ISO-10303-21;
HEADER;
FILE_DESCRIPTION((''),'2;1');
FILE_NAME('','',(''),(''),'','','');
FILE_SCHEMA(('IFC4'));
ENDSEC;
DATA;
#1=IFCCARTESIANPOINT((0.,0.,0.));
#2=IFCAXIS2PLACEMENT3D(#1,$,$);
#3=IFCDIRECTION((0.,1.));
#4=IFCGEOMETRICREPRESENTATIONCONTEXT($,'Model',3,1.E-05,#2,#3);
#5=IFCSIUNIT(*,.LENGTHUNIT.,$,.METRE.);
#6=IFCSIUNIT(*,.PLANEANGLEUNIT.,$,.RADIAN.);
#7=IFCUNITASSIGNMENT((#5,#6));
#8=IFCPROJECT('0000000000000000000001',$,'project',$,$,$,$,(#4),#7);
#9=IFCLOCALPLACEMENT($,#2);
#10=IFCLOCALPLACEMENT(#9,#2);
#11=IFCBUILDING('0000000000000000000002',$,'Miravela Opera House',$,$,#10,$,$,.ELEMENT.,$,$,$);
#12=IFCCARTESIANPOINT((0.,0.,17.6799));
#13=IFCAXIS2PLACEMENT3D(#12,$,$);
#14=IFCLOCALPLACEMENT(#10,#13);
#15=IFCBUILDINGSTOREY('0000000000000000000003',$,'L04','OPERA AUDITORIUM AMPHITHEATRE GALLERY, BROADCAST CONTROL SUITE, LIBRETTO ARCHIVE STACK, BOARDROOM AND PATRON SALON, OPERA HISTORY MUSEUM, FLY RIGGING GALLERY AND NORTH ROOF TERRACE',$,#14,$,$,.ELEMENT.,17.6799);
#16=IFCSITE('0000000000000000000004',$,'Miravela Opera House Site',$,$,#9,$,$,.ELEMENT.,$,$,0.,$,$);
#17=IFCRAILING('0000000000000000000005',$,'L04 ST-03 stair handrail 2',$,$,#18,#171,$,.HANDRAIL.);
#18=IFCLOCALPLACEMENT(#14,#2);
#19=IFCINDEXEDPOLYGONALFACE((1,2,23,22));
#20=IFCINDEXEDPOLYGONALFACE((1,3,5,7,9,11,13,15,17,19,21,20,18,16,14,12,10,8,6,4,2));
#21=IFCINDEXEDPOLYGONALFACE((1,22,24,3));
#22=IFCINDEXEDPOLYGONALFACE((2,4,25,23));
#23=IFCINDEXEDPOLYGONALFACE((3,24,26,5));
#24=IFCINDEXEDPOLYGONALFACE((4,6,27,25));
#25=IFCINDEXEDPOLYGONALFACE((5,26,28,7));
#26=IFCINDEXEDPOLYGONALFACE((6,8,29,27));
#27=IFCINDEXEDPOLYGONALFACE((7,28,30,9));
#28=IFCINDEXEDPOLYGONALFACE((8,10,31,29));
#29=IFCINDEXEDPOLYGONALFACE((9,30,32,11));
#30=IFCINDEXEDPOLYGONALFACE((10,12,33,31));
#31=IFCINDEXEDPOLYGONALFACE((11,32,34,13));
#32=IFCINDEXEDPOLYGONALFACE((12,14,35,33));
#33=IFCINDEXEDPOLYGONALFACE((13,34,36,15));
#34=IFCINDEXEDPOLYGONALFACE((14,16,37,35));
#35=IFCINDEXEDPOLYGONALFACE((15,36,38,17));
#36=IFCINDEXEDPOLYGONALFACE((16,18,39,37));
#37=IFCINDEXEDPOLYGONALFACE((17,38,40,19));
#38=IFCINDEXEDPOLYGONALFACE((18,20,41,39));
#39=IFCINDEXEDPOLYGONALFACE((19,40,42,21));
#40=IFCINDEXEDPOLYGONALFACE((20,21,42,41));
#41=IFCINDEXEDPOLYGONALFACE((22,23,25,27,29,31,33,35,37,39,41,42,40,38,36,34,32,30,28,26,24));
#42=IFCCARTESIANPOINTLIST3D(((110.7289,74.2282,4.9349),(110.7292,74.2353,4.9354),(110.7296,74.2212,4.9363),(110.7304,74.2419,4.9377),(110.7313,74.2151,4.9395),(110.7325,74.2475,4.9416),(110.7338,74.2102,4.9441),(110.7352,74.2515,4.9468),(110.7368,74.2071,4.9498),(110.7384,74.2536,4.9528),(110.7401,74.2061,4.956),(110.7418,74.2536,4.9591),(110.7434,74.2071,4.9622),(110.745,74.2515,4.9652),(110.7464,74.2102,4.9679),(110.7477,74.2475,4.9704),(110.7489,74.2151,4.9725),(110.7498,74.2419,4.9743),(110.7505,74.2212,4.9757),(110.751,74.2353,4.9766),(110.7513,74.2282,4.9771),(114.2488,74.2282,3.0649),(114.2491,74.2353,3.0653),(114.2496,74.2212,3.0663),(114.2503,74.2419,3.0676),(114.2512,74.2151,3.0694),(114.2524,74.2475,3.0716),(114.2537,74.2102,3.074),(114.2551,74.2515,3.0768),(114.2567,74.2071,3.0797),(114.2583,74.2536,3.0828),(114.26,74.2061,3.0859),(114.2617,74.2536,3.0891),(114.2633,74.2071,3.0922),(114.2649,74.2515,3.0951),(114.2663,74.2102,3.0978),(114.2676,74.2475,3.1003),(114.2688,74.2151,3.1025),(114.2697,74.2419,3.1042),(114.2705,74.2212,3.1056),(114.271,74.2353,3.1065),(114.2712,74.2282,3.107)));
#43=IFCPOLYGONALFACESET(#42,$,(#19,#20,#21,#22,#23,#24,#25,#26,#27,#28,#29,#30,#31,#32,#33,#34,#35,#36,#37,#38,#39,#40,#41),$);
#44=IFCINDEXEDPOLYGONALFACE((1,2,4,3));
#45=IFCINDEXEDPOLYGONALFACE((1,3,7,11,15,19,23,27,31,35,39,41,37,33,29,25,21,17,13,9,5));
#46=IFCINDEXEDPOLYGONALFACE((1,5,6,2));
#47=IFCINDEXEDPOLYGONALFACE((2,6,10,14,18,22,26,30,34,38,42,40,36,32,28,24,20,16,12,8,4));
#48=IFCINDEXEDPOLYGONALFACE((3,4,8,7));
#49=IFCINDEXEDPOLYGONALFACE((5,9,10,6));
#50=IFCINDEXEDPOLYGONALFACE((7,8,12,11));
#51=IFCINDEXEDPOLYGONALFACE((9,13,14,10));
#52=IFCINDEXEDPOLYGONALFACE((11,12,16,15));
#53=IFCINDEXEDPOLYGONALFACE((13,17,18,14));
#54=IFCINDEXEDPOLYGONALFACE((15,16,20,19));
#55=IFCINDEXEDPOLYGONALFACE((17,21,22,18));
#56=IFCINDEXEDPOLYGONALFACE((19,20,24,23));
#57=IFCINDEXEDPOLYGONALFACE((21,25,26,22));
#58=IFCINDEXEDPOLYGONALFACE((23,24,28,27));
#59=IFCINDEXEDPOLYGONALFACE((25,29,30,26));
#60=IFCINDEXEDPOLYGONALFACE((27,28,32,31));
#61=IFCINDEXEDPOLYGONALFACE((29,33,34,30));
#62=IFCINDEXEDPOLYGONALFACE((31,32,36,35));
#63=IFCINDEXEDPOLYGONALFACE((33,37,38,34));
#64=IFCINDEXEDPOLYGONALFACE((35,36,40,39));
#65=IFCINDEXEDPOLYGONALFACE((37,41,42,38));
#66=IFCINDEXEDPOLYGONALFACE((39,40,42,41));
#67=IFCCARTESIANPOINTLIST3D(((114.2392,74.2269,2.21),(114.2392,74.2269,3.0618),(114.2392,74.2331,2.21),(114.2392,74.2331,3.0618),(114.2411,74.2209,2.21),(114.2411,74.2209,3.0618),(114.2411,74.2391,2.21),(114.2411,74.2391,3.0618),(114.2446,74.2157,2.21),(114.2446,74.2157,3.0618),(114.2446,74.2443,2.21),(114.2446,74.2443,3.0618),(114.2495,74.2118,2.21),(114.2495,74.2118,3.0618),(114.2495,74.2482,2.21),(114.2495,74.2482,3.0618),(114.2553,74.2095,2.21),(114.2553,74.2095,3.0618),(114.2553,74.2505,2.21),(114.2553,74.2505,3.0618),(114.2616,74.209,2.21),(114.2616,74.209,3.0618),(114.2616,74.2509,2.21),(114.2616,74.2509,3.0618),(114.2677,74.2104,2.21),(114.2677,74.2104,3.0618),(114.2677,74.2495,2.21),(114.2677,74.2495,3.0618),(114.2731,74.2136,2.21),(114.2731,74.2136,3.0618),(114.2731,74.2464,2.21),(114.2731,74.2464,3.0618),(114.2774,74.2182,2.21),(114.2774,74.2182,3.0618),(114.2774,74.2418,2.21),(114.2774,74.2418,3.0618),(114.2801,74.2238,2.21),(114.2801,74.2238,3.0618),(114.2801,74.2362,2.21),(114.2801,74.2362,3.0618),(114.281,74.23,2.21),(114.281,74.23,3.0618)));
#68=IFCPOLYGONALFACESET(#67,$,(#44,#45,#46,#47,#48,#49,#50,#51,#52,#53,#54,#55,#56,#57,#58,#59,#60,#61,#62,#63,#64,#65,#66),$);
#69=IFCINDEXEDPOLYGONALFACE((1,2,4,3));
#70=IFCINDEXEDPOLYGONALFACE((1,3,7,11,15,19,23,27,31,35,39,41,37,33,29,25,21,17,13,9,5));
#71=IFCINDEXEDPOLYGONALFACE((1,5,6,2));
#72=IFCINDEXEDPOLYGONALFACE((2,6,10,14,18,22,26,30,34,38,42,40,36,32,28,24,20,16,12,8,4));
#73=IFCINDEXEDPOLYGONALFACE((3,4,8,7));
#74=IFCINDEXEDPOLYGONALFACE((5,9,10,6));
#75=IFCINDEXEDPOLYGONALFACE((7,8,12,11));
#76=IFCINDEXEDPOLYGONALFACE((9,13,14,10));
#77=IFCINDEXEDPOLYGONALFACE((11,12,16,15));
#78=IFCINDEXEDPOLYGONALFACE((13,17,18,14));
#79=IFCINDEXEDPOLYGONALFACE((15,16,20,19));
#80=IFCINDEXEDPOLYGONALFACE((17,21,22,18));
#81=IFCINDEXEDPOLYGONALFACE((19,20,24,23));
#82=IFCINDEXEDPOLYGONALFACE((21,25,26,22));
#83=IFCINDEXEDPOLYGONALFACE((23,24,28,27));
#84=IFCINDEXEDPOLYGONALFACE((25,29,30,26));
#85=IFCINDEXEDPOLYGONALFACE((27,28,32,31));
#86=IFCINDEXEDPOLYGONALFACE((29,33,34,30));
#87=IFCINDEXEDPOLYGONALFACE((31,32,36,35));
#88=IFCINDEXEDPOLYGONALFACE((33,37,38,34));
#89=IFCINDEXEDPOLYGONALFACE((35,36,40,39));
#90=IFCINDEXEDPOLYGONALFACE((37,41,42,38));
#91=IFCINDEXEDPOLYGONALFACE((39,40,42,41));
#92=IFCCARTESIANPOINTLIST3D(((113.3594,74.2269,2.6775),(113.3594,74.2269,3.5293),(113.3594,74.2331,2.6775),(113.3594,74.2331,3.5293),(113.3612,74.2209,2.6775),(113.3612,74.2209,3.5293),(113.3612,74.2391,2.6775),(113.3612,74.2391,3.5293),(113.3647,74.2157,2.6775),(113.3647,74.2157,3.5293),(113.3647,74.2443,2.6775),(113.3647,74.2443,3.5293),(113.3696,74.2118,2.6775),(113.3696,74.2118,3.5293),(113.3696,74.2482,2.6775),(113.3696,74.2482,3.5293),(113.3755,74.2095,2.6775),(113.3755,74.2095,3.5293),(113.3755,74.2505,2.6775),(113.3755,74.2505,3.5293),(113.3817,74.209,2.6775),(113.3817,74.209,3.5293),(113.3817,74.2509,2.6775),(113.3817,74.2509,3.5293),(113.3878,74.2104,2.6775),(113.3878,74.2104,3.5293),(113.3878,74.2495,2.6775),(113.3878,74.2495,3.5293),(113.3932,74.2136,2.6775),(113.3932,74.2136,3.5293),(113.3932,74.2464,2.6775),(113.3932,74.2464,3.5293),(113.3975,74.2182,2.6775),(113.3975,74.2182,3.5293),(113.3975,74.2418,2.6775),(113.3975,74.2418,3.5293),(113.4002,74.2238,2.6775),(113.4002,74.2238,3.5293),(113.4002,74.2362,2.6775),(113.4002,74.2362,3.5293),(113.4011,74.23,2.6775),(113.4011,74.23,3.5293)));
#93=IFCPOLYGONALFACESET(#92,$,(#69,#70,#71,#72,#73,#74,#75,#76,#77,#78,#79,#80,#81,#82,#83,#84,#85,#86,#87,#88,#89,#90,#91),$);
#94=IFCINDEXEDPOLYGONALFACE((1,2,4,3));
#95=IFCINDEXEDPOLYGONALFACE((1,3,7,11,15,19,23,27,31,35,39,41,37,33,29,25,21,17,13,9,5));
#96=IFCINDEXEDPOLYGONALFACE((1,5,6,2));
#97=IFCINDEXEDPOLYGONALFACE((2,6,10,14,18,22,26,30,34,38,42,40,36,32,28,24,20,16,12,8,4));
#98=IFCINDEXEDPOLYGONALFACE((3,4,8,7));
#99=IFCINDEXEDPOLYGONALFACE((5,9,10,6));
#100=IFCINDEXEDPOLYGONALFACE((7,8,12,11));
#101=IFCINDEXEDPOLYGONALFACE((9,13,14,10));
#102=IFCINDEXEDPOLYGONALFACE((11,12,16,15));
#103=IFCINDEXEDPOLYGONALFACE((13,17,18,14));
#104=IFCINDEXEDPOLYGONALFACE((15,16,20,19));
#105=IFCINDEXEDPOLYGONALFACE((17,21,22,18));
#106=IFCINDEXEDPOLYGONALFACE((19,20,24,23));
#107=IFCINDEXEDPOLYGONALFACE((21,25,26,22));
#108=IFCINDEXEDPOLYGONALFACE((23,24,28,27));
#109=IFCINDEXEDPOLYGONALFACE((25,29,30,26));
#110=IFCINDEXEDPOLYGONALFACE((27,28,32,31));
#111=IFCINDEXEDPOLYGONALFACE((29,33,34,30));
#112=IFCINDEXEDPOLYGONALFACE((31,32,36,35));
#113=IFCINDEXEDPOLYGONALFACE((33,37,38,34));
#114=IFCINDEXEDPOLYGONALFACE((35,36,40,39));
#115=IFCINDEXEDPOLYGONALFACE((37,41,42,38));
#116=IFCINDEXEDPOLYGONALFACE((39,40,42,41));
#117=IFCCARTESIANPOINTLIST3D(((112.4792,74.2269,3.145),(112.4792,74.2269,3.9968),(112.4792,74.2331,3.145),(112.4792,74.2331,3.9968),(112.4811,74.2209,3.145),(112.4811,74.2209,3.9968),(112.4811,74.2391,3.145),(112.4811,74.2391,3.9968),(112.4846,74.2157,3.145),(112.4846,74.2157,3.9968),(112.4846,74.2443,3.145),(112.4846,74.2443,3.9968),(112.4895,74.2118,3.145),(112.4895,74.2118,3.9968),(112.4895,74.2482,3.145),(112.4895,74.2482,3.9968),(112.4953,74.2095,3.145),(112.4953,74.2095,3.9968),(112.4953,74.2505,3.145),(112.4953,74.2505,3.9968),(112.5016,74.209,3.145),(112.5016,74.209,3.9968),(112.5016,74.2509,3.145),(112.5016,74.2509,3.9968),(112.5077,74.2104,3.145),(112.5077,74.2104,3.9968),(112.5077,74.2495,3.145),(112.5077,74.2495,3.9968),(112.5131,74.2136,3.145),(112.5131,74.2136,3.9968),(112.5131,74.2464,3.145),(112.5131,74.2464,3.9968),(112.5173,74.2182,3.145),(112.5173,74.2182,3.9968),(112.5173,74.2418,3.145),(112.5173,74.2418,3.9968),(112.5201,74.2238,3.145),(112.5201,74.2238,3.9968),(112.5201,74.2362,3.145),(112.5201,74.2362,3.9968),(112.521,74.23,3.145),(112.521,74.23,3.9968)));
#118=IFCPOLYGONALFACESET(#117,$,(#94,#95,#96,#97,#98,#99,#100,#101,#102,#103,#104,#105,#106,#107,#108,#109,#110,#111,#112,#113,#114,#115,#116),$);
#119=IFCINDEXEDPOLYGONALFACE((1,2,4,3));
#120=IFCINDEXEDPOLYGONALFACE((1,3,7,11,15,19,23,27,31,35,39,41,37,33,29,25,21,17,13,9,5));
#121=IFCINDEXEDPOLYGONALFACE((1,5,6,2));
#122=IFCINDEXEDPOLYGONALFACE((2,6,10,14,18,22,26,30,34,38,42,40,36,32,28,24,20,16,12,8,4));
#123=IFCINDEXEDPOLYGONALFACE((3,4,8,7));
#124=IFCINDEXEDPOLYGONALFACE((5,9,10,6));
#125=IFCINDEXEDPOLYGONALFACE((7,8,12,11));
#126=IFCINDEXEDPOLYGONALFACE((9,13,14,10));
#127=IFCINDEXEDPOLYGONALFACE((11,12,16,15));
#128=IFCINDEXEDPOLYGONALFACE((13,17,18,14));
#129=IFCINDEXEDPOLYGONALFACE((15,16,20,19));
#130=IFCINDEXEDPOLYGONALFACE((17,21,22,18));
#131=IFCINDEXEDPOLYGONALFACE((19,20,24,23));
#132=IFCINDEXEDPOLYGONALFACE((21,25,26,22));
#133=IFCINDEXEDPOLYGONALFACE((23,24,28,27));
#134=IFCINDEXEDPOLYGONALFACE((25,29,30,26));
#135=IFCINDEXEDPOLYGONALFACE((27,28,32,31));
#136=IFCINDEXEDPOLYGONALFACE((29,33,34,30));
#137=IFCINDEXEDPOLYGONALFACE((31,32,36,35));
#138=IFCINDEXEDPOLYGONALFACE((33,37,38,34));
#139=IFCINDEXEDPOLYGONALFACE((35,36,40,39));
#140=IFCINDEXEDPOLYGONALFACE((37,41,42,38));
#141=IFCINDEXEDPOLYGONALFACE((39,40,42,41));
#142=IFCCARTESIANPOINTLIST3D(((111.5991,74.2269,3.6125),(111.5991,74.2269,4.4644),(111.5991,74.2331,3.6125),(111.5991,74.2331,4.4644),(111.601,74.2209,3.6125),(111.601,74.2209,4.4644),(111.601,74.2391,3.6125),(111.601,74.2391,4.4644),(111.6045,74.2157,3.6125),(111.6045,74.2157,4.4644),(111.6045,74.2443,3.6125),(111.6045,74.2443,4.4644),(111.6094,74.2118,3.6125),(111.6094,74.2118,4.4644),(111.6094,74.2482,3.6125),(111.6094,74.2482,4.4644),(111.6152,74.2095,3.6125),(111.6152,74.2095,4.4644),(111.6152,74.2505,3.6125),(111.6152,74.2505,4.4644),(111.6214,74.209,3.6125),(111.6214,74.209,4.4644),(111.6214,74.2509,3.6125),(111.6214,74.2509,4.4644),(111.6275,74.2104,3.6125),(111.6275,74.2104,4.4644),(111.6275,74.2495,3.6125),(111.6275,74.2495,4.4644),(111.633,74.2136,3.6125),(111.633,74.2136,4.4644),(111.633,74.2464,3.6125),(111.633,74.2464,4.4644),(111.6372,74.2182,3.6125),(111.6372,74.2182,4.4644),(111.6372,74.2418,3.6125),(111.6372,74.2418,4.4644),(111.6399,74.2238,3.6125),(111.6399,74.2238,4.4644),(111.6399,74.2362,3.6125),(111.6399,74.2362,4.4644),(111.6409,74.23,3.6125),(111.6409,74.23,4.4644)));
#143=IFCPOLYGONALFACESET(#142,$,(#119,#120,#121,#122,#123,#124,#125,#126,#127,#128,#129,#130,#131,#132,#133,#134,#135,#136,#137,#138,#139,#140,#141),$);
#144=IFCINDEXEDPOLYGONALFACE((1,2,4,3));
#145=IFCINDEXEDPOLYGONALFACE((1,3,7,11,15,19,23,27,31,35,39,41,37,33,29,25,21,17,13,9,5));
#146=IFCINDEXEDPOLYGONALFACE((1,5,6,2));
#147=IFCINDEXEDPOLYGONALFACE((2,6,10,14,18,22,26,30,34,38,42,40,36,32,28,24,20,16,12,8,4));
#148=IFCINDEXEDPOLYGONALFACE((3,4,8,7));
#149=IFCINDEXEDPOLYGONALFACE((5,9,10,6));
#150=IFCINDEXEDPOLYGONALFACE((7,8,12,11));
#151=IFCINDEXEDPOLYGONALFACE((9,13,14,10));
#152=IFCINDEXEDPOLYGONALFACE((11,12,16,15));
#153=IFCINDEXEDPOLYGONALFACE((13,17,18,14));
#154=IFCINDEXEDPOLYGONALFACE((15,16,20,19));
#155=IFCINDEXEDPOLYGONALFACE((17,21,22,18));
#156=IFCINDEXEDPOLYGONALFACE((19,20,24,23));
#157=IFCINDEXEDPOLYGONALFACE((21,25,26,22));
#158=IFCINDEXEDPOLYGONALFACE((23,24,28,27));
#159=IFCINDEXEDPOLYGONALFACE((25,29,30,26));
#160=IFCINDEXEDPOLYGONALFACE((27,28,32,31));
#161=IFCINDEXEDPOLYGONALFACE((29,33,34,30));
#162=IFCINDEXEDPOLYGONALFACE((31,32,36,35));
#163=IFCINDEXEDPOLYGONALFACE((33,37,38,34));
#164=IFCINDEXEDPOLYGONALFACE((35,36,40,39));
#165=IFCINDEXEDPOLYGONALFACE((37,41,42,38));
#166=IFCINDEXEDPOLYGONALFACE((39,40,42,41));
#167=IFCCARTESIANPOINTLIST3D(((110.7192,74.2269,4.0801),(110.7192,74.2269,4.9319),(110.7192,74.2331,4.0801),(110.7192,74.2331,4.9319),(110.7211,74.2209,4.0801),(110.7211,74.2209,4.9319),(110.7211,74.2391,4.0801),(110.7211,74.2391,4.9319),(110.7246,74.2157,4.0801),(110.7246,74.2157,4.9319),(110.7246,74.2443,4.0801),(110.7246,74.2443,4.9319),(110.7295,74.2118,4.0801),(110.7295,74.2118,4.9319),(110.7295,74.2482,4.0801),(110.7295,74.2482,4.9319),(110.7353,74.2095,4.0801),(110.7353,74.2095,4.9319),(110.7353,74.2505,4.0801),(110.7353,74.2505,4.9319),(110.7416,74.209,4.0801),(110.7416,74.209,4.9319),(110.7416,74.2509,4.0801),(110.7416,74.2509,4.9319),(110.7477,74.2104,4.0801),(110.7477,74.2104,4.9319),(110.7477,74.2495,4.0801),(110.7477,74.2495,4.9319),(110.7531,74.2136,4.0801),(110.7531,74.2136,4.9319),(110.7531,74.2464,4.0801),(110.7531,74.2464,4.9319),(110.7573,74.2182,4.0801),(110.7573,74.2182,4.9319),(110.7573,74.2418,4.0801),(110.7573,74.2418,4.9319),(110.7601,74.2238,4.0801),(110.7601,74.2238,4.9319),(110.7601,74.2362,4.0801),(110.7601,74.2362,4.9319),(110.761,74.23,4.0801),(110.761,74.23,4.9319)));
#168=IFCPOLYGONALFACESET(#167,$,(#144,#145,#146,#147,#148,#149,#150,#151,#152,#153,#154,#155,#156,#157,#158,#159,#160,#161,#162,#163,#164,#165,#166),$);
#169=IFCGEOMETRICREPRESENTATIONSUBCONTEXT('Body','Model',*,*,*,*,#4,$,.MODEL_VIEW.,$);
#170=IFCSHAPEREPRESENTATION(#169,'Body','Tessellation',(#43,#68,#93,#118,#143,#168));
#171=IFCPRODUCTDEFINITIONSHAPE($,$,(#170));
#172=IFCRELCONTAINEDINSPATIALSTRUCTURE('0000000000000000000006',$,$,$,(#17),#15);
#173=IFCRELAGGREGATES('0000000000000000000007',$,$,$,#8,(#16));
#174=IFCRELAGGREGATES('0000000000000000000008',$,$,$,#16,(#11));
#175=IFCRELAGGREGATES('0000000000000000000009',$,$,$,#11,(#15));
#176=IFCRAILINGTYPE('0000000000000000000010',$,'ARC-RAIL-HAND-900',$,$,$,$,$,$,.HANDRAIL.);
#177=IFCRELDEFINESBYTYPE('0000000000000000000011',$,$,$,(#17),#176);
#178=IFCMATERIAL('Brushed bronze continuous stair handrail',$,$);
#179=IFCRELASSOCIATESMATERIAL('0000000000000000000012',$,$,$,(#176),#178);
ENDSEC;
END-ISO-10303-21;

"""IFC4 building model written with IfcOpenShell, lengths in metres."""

from ifc_helpers import new_model, si_unit, direction, frame, origin, origin_2d, place, context, subcontext, project, spatial, circle, extrude, material, type_object, element, save


model = new_model("IFC4")

# Units and contexts
model_context = context("Model", 3, precision=1e-05, world=origin(), true_north=direction((0.0, 1.0)))
body_context = subcontext(model_context, "Body", "Model", "MODEL_VIEW")
ifc_project = project(units=[si_unit("LENGTHUNIT", "METRE"), si_unit("PLANEANGLEUNIT", "RADIAN")], contexts=[model_context])

# Site, building, storey
site_placement = place(None, origin())
site = spatial("IfcSite", under=ifc_project, at=site_placement, Name="Miravela Opera House Site", CompositionType="ELEMENT", RefElevation=0.0)
building_placement = place(site_placement, origin())
building = spatial("IfcBuilding", under=site, at=building_placement, Name="Miravela Opera House", CompositionType="ELEMENT")
storey_placement = place(building_placement, frame((0.0, 0.0, 17.6799)))
storey = spatial("IfcBuildingStorey", under=building, at=storey_placement, Name="L04", Description="OPERA AUDITORIUM AMPHITHEATRE GALLERY, BROADCAST CONTROL SUITE, LIBRETTO ARCHIVE STACK, BOARDROOM AND PATRON SALON, OPERA HISTORY MUSEUM, FLY RIGGING GALLERY AND NORTH ROOF TERRACE", CompositionType="ELEMENT", Elevation=17.6799)

# Railing
ifc_material_1 = material(Name="Brushed bronze continuous stair handrail")
railing_type_1 = type_object("IfcRailingType", Name="ARC-RAIL-HAND-900", PredefinedType="HANDRAIL", material=ifc_material_1)
railing_1_placement = place(storey_placement, frame((114.26, 74.23, 2.21)))
element("IfcRailing", 1, at=railing_1_placement, inside=storey, type_object=railing_type_1, Name="L04 ST-03 stair handrail 2", PredefinedType="HANDRAIL", context=body_context, shape_type="SweptSolid", body=[
    extrude(circle(Radius=0.0239, at=origin_2d()), frame((0.0, 0.0, 0.876), z_axis=(-0.883105, 0.0, 0.469176), x_axis=(0.0, -1.0, 0.0)), (0.0, 0.0, 1.0), 3.9858),
    extrude(circle(Radius=0.021, at=origin_2d()), origin(), (0.0, 0.0, 1.0), 0.8518),
    extrude(circle(Radius=0.021, at=origin_2d()), frame((-0.8799, 0.0, 0.4675)), (0.0, 0.0, 1.0), 0.8518),
    extrude(circle(Radius=0.021, at=origin_2d()), frame((-1.76, 0.0, 0.9351)), (0.0, 0.0, 1.0), 0.8518),
    extrude(circle(Radius=0.021, at=origin_2d()), frame((-2.6401, 0.0, 1.4026)), (0.0, 0.0, 1.0), 0.8518),
    extrude(circle(Radius=0.021, at=origin_2d()), frame((-3.52, 0.0, 1.8701)), (0.0, 0.0, 1.0), 0.8518),
])

save(model, "model.ifc")
